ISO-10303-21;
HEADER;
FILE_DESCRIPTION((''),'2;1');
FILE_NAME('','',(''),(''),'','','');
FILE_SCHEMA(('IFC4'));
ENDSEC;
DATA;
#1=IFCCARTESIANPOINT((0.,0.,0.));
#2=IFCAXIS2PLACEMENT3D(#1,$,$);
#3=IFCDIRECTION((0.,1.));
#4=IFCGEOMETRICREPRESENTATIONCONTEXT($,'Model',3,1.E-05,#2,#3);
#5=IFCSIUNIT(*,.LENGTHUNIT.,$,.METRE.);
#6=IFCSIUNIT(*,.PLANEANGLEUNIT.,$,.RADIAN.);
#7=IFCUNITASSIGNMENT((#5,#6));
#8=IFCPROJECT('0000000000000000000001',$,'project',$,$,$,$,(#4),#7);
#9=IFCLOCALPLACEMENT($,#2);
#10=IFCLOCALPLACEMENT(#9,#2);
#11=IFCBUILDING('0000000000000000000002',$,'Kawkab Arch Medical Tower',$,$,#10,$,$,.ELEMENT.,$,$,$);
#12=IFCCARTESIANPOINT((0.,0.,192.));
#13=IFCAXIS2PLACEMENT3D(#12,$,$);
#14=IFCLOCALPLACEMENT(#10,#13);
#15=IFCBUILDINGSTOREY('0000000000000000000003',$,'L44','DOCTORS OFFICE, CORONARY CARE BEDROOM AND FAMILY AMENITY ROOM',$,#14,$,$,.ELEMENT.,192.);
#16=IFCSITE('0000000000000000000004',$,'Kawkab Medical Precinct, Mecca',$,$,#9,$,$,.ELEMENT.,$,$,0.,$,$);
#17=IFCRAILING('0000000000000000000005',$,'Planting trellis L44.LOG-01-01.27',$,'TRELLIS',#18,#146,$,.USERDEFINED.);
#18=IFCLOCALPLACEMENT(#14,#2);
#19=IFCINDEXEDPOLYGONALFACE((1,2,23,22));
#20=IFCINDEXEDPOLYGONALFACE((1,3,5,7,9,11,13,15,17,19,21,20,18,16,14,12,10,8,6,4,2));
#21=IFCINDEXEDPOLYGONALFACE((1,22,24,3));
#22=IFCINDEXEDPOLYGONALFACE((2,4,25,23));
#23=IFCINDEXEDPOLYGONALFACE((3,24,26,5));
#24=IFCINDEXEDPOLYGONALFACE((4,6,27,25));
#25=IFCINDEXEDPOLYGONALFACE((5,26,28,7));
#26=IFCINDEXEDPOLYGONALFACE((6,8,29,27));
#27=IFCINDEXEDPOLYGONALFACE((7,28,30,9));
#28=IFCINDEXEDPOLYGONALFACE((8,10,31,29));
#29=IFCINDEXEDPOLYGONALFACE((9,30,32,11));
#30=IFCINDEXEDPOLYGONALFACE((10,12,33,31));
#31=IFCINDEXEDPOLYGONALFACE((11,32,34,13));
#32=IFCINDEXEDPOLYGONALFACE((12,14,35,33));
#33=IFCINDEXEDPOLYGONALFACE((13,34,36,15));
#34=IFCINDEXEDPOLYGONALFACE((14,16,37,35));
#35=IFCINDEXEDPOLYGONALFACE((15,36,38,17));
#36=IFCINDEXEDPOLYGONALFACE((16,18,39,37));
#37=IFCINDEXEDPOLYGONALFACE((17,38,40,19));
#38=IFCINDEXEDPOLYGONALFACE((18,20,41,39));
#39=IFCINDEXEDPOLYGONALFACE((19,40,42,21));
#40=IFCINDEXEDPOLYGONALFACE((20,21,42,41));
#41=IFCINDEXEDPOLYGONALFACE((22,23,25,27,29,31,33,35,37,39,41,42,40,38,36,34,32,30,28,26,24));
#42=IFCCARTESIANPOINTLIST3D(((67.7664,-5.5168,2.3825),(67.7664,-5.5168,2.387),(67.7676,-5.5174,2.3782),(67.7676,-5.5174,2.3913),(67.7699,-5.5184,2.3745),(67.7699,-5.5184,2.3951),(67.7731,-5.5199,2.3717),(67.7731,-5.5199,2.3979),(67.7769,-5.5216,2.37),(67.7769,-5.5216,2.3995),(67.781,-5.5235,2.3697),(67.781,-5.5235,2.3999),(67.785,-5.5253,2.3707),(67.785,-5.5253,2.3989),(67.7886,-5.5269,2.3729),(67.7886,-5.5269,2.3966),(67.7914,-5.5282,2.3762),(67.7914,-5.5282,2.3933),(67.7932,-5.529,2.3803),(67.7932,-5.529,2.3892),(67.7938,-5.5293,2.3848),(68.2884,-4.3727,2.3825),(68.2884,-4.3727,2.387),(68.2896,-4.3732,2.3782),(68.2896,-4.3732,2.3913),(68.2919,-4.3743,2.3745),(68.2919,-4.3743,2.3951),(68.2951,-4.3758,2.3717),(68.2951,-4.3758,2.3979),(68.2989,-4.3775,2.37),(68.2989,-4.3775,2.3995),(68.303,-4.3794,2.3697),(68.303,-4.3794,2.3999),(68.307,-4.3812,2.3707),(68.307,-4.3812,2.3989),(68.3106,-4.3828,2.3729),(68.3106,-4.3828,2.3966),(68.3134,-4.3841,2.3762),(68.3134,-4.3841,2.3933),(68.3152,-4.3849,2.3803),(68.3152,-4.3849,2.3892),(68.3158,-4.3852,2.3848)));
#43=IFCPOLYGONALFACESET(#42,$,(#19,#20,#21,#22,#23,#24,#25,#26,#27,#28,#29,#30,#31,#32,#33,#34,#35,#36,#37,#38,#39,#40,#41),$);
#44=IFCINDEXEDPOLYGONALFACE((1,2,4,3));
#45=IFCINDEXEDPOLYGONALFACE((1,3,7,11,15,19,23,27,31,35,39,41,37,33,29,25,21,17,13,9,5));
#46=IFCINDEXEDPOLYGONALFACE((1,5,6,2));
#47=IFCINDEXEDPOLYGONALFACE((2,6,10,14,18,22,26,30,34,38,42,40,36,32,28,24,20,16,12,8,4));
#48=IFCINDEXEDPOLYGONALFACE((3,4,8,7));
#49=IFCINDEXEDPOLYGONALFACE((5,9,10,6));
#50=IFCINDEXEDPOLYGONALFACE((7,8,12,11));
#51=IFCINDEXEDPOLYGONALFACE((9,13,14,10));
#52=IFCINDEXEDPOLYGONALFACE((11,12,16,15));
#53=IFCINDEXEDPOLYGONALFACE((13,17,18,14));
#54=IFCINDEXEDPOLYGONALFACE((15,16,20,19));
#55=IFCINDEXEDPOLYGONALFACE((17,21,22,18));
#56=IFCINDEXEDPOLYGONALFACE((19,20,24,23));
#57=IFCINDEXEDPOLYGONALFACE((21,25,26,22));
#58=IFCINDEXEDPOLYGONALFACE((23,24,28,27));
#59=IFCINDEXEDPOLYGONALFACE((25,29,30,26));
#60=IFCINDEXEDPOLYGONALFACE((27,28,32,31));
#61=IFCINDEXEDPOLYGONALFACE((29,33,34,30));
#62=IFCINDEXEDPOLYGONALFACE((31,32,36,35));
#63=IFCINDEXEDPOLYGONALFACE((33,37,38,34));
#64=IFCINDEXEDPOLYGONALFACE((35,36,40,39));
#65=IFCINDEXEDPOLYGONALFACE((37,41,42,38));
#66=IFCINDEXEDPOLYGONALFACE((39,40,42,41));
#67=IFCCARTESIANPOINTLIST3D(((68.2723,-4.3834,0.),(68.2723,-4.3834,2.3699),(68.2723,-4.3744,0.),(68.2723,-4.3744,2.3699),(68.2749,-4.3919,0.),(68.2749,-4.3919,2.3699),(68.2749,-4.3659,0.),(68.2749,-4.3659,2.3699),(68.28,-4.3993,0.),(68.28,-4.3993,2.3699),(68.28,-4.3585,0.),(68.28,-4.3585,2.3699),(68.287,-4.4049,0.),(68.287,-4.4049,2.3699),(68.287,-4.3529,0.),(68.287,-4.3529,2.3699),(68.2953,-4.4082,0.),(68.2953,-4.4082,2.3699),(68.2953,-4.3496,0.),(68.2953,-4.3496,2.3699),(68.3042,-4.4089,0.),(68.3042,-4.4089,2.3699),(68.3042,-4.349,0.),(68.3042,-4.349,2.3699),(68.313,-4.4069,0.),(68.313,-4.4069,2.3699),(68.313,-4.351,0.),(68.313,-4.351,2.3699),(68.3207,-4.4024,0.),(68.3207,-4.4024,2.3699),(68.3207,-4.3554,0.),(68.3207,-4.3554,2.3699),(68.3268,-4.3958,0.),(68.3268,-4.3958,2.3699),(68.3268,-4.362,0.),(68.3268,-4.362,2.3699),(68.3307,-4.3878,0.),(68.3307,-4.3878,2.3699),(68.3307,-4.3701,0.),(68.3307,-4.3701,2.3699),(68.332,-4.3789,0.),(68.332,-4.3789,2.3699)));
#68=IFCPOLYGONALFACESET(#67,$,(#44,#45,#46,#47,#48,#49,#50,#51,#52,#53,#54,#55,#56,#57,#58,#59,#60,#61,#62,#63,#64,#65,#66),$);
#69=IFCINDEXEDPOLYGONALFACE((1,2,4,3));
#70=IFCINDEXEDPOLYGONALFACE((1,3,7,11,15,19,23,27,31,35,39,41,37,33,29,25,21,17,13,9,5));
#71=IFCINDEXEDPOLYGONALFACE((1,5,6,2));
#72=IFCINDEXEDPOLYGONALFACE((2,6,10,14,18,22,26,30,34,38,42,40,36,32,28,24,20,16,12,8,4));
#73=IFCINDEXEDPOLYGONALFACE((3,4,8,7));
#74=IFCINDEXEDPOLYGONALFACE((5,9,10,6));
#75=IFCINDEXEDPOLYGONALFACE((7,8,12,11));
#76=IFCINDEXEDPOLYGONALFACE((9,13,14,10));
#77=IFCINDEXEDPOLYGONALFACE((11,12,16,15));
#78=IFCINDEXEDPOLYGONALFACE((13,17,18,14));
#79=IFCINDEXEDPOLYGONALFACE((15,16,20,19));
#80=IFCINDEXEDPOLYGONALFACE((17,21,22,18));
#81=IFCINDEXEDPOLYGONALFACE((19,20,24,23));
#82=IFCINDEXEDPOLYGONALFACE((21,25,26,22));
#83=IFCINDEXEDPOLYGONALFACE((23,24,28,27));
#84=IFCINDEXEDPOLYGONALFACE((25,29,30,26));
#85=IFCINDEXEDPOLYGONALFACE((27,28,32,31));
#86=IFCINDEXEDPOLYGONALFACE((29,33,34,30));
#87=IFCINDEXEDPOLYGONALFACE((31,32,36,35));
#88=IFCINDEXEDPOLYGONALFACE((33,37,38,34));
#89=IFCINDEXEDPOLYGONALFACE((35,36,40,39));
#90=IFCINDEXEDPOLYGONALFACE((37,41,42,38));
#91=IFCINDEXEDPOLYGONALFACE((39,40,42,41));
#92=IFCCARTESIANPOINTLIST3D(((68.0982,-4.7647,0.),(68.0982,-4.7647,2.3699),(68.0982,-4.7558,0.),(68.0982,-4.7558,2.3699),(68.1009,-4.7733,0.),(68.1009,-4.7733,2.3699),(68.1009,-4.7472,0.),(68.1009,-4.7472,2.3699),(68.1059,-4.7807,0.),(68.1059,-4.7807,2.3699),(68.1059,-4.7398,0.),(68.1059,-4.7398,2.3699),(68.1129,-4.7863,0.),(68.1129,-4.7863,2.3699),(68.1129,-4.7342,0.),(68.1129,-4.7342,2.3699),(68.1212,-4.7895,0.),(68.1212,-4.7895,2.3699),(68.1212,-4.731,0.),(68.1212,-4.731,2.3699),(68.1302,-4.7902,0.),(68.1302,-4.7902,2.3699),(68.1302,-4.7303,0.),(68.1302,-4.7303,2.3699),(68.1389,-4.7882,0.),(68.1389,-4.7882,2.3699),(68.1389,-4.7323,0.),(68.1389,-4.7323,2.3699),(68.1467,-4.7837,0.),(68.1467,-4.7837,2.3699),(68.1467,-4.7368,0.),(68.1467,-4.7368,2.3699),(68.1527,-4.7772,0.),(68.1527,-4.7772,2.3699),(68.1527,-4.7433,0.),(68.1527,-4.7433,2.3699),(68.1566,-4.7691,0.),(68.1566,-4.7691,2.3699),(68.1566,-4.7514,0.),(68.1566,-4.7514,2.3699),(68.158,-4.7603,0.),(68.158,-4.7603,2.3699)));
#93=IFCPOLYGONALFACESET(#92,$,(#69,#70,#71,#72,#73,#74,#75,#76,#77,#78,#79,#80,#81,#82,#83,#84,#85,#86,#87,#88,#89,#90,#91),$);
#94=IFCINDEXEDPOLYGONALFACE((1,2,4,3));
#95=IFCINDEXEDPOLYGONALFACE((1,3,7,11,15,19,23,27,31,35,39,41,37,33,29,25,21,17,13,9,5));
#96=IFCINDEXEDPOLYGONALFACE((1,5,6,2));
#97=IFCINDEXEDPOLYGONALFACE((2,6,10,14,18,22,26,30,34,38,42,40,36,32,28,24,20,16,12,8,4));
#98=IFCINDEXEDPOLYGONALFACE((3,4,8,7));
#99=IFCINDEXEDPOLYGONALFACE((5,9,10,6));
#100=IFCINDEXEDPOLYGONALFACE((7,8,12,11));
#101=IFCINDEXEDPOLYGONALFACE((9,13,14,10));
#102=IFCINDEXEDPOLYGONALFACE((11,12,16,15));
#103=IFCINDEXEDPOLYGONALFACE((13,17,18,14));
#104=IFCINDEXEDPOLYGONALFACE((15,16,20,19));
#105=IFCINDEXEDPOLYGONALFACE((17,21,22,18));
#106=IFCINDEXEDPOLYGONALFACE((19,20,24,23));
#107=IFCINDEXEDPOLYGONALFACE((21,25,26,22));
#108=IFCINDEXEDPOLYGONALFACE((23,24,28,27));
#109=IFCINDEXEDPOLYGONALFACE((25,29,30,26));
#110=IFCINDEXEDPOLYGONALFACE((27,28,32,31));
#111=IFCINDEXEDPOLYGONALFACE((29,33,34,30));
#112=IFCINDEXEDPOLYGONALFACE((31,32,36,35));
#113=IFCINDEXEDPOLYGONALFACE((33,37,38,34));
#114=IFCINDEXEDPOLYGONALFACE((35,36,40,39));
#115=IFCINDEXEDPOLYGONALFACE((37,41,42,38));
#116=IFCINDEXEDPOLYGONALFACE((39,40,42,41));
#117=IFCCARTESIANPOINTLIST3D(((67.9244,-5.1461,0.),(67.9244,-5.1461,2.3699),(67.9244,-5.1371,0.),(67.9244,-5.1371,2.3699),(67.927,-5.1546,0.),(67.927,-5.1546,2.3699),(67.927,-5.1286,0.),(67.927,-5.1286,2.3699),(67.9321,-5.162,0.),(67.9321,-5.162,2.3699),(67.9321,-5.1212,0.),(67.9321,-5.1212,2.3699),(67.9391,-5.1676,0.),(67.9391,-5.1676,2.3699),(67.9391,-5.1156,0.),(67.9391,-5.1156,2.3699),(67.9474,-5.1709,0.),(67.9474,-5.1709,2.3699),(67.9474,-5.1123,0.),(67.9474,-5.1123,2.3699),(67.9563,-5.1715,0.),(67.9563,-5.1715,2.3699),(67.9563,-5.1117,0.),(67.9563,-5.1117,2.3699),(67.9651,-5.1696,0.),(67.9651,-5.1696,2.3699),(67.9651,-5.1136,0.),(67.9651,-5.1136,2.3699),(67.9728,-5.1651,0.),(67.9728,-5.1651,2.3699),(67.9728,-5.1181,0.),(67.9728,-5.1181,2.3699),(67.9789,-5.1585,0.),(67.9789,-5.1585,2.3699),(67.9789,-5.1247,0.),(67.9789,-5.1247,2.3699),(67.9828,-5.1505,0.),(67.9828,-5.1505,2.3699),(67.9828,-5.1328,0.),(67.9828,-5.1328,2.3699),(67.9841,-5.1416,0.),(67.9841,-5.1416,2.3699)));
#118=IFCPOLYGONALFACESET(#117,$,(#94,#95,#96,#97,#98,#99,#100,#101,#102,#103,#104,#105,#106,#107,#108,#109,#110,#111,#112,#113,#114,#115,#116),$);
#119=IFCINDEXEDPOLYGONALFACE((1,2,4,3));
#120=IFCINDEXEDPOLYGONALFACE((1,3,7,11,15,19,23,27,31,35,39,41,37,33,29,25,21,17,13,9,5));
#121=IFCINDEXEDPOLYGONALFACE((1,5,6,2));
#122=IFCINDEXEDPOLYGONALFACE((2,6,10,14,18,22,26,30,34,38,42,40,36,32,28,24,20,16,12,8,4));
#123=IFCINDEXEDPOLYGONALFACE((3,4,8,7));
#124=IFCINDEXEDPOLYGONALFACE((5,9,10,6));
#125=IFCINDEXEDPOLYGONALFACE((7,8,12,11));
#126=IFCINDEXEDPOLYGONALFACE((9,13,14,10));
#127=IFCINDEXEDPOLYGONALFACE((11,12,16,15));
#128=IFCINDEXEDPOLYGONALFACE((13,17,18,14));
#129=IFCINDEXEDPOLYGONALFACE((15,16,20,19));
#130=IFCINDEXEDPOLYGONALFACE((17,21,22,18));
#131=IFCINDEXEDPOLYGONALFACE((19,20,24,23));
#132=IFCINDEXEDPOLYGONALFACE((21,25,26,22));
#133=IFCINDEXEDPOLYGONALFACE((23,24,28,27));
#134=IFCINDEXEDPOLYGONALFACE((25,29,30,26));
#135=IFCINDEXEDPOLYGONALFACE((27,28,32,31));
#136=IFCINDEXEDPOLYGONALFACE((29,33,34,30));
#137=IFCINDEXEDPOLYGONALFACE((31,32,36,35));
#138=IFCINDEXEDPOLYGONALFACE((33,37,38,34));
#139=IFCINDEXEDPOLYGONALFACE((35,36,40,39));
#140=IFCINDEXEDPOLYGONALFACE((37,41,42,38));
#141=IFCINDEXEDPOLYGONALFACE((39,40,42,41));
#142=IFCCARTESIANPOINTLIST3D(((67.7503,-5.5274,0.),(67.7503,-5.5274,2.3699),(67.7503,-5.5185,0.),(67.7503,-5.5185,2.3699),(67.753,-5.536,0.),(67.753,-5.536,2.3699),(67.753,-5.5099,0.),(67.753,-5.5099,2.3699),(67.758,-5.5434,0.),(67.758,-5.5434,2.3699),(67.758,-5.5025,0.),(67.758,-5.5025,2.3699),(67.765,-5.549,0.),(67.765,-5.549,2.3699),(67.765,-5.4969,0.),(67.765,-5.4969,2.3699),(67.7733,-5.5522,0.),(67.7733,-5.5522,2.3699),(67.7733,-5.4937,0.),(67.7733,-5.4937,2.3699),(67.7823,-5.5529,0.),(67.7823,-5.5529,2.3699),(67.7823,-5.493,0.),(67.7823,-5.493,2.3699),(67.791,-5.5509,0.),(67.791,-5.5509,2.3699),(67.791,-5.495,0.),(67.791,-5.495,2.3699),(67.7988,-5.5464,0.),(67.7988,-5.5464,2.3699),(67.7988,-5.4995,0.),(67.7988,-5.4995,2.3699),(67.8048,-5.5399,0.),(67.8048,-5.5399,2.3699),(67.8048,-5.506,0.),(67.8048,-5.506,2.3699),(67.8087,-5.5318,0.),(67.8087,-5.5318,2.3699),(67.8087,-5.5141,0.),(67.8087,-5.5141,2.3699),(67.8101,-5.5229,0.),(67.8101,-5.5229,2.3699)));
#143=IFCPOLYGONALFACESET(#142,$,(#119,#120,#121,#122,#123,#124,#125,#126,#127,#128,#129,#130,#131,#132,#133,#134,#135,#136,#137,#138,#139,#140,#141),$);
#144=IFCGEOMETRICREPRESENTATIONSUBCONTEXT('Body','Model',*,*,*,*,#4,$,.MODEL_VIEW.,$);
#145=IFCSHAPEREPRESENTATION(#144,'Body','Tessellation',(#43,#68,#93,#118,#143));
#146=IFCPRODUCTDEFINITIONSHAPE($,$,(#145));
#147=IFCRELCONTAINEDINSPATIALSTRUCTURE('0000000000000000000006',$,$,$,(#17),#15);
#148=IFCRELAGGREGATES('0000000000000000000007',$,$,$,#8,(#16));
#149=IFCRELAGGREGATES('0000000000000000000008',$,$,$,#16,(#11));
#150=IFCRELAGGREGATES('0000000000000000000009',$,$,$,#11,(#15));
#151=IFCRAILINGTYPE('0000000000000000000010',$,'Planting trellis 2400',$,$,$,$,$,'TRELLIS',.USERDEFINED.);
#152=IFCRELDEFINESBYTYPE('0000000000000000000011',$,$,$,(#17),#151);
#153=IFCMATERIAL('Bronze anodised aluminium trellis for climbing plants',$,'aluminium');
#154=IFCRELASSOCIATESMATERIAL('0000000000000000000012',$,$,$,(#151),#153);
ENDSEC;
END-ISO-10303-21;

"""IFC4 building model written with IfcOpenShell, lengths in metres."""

from ifc_helpers import new_model, si_unit, direction, frame, origin, origin_2d, place, context, subcontext, project, spatial, circle, extrude, material, type_object, element, save


model = new_model("IFC4")

# Units and contexts
model_context = context("Model", 3, precision=1e-05, world=origin(), true_north=direction((0.0, 1.0)))
body_context = subcontext(model_context, "Body", "Model", "MODEL_VIEW")
ifc_project = project(units=[si_unit("LENGTHUNIT", "METRE"), si_unit("PLANEANGLEUNIT", "RADIAN")], contexts=[model_context])

# Site, building, storey
site_placement = place(None, origin())
site = spatial("IfcSite", under=ifc_project, at=site_placement, Name="Kawkab Medical Precinct, Mecca", CompositionType="ELEMENT", RefElevation=0.0)
building_placement = place(site_placement, origin())
building = spatial("IfcBuilding", under=site, at=building_placement, Name="Kawkab Arch Medical Tower", CompositionType="ELEMENT")
storey_placement = place(building_placement, frame((0.0, 0.0, 192.0)))
storey = spatial("IfcBuildingStorey", under=building, at=storey_placement, Name="L44", Description="DOCTORS OFFICE, CORONARY CARE BEDROOM AND FAMILY AMENITY ROOM", CompositionType="ELEMENT", Elevation=192.0)

# Railing
ifc_material_1 = material(Name="Bronze anodised aluminium trellis for climbing plants", Category="aluminium")
railing_type_1 = type_object("IfcRailingType", Name="Planting trellis 2400", ElementType="TRELLIS", PredefinedType="USERDEFINED", material=ifc_material_1)
railing_1_placement = place(storey_placement, frame((68.302, -4.3789, 0.0)))
element("IfcRailing", 1, at=railing_1_placement, inside=storey, type_object=railing_type_1, Name="Planting trellis L44.LOG-01-01.27", ObjectType="TRELLIS", PredefinedType="USERDEFINED", context=body_context, shape_type="SweptSolid", body=[
    extrude(circle(Radius=0.0151, at=origin_2d()), frame((0.0, 0.0, 2.3848), z_axis=(-0.41509, -0.90978, 0.0), x_axis=(0.90978, -0.41509, 0.0)), (0.0, 0.0, 1.0), 1.2576),
    extrude(circle(Radius=0.03, at=origin_2d()), origin(), (0.0, 0.0, 1.0), 2.3699),
    extrude(circle(Radius=0.03, at=origin_2d()), frame((-0.1741, -0.3813, 0.0)), (0.0, 0.0, 1.0), 2.3699),
    extrude(circle(Radius=0.03, at=origin_2d()), frame((-0.3479, -0.7627, 0.0)), (0.0, 0.0, 1.0), 2.3699),
    extrude(circle(Radius=0.03, at=origin_2d()), frame((-0.522, -1.144, 0.0)), (0.0, 0.0, 1.0), 2.3699),
])

save(model, "model.ifc")
